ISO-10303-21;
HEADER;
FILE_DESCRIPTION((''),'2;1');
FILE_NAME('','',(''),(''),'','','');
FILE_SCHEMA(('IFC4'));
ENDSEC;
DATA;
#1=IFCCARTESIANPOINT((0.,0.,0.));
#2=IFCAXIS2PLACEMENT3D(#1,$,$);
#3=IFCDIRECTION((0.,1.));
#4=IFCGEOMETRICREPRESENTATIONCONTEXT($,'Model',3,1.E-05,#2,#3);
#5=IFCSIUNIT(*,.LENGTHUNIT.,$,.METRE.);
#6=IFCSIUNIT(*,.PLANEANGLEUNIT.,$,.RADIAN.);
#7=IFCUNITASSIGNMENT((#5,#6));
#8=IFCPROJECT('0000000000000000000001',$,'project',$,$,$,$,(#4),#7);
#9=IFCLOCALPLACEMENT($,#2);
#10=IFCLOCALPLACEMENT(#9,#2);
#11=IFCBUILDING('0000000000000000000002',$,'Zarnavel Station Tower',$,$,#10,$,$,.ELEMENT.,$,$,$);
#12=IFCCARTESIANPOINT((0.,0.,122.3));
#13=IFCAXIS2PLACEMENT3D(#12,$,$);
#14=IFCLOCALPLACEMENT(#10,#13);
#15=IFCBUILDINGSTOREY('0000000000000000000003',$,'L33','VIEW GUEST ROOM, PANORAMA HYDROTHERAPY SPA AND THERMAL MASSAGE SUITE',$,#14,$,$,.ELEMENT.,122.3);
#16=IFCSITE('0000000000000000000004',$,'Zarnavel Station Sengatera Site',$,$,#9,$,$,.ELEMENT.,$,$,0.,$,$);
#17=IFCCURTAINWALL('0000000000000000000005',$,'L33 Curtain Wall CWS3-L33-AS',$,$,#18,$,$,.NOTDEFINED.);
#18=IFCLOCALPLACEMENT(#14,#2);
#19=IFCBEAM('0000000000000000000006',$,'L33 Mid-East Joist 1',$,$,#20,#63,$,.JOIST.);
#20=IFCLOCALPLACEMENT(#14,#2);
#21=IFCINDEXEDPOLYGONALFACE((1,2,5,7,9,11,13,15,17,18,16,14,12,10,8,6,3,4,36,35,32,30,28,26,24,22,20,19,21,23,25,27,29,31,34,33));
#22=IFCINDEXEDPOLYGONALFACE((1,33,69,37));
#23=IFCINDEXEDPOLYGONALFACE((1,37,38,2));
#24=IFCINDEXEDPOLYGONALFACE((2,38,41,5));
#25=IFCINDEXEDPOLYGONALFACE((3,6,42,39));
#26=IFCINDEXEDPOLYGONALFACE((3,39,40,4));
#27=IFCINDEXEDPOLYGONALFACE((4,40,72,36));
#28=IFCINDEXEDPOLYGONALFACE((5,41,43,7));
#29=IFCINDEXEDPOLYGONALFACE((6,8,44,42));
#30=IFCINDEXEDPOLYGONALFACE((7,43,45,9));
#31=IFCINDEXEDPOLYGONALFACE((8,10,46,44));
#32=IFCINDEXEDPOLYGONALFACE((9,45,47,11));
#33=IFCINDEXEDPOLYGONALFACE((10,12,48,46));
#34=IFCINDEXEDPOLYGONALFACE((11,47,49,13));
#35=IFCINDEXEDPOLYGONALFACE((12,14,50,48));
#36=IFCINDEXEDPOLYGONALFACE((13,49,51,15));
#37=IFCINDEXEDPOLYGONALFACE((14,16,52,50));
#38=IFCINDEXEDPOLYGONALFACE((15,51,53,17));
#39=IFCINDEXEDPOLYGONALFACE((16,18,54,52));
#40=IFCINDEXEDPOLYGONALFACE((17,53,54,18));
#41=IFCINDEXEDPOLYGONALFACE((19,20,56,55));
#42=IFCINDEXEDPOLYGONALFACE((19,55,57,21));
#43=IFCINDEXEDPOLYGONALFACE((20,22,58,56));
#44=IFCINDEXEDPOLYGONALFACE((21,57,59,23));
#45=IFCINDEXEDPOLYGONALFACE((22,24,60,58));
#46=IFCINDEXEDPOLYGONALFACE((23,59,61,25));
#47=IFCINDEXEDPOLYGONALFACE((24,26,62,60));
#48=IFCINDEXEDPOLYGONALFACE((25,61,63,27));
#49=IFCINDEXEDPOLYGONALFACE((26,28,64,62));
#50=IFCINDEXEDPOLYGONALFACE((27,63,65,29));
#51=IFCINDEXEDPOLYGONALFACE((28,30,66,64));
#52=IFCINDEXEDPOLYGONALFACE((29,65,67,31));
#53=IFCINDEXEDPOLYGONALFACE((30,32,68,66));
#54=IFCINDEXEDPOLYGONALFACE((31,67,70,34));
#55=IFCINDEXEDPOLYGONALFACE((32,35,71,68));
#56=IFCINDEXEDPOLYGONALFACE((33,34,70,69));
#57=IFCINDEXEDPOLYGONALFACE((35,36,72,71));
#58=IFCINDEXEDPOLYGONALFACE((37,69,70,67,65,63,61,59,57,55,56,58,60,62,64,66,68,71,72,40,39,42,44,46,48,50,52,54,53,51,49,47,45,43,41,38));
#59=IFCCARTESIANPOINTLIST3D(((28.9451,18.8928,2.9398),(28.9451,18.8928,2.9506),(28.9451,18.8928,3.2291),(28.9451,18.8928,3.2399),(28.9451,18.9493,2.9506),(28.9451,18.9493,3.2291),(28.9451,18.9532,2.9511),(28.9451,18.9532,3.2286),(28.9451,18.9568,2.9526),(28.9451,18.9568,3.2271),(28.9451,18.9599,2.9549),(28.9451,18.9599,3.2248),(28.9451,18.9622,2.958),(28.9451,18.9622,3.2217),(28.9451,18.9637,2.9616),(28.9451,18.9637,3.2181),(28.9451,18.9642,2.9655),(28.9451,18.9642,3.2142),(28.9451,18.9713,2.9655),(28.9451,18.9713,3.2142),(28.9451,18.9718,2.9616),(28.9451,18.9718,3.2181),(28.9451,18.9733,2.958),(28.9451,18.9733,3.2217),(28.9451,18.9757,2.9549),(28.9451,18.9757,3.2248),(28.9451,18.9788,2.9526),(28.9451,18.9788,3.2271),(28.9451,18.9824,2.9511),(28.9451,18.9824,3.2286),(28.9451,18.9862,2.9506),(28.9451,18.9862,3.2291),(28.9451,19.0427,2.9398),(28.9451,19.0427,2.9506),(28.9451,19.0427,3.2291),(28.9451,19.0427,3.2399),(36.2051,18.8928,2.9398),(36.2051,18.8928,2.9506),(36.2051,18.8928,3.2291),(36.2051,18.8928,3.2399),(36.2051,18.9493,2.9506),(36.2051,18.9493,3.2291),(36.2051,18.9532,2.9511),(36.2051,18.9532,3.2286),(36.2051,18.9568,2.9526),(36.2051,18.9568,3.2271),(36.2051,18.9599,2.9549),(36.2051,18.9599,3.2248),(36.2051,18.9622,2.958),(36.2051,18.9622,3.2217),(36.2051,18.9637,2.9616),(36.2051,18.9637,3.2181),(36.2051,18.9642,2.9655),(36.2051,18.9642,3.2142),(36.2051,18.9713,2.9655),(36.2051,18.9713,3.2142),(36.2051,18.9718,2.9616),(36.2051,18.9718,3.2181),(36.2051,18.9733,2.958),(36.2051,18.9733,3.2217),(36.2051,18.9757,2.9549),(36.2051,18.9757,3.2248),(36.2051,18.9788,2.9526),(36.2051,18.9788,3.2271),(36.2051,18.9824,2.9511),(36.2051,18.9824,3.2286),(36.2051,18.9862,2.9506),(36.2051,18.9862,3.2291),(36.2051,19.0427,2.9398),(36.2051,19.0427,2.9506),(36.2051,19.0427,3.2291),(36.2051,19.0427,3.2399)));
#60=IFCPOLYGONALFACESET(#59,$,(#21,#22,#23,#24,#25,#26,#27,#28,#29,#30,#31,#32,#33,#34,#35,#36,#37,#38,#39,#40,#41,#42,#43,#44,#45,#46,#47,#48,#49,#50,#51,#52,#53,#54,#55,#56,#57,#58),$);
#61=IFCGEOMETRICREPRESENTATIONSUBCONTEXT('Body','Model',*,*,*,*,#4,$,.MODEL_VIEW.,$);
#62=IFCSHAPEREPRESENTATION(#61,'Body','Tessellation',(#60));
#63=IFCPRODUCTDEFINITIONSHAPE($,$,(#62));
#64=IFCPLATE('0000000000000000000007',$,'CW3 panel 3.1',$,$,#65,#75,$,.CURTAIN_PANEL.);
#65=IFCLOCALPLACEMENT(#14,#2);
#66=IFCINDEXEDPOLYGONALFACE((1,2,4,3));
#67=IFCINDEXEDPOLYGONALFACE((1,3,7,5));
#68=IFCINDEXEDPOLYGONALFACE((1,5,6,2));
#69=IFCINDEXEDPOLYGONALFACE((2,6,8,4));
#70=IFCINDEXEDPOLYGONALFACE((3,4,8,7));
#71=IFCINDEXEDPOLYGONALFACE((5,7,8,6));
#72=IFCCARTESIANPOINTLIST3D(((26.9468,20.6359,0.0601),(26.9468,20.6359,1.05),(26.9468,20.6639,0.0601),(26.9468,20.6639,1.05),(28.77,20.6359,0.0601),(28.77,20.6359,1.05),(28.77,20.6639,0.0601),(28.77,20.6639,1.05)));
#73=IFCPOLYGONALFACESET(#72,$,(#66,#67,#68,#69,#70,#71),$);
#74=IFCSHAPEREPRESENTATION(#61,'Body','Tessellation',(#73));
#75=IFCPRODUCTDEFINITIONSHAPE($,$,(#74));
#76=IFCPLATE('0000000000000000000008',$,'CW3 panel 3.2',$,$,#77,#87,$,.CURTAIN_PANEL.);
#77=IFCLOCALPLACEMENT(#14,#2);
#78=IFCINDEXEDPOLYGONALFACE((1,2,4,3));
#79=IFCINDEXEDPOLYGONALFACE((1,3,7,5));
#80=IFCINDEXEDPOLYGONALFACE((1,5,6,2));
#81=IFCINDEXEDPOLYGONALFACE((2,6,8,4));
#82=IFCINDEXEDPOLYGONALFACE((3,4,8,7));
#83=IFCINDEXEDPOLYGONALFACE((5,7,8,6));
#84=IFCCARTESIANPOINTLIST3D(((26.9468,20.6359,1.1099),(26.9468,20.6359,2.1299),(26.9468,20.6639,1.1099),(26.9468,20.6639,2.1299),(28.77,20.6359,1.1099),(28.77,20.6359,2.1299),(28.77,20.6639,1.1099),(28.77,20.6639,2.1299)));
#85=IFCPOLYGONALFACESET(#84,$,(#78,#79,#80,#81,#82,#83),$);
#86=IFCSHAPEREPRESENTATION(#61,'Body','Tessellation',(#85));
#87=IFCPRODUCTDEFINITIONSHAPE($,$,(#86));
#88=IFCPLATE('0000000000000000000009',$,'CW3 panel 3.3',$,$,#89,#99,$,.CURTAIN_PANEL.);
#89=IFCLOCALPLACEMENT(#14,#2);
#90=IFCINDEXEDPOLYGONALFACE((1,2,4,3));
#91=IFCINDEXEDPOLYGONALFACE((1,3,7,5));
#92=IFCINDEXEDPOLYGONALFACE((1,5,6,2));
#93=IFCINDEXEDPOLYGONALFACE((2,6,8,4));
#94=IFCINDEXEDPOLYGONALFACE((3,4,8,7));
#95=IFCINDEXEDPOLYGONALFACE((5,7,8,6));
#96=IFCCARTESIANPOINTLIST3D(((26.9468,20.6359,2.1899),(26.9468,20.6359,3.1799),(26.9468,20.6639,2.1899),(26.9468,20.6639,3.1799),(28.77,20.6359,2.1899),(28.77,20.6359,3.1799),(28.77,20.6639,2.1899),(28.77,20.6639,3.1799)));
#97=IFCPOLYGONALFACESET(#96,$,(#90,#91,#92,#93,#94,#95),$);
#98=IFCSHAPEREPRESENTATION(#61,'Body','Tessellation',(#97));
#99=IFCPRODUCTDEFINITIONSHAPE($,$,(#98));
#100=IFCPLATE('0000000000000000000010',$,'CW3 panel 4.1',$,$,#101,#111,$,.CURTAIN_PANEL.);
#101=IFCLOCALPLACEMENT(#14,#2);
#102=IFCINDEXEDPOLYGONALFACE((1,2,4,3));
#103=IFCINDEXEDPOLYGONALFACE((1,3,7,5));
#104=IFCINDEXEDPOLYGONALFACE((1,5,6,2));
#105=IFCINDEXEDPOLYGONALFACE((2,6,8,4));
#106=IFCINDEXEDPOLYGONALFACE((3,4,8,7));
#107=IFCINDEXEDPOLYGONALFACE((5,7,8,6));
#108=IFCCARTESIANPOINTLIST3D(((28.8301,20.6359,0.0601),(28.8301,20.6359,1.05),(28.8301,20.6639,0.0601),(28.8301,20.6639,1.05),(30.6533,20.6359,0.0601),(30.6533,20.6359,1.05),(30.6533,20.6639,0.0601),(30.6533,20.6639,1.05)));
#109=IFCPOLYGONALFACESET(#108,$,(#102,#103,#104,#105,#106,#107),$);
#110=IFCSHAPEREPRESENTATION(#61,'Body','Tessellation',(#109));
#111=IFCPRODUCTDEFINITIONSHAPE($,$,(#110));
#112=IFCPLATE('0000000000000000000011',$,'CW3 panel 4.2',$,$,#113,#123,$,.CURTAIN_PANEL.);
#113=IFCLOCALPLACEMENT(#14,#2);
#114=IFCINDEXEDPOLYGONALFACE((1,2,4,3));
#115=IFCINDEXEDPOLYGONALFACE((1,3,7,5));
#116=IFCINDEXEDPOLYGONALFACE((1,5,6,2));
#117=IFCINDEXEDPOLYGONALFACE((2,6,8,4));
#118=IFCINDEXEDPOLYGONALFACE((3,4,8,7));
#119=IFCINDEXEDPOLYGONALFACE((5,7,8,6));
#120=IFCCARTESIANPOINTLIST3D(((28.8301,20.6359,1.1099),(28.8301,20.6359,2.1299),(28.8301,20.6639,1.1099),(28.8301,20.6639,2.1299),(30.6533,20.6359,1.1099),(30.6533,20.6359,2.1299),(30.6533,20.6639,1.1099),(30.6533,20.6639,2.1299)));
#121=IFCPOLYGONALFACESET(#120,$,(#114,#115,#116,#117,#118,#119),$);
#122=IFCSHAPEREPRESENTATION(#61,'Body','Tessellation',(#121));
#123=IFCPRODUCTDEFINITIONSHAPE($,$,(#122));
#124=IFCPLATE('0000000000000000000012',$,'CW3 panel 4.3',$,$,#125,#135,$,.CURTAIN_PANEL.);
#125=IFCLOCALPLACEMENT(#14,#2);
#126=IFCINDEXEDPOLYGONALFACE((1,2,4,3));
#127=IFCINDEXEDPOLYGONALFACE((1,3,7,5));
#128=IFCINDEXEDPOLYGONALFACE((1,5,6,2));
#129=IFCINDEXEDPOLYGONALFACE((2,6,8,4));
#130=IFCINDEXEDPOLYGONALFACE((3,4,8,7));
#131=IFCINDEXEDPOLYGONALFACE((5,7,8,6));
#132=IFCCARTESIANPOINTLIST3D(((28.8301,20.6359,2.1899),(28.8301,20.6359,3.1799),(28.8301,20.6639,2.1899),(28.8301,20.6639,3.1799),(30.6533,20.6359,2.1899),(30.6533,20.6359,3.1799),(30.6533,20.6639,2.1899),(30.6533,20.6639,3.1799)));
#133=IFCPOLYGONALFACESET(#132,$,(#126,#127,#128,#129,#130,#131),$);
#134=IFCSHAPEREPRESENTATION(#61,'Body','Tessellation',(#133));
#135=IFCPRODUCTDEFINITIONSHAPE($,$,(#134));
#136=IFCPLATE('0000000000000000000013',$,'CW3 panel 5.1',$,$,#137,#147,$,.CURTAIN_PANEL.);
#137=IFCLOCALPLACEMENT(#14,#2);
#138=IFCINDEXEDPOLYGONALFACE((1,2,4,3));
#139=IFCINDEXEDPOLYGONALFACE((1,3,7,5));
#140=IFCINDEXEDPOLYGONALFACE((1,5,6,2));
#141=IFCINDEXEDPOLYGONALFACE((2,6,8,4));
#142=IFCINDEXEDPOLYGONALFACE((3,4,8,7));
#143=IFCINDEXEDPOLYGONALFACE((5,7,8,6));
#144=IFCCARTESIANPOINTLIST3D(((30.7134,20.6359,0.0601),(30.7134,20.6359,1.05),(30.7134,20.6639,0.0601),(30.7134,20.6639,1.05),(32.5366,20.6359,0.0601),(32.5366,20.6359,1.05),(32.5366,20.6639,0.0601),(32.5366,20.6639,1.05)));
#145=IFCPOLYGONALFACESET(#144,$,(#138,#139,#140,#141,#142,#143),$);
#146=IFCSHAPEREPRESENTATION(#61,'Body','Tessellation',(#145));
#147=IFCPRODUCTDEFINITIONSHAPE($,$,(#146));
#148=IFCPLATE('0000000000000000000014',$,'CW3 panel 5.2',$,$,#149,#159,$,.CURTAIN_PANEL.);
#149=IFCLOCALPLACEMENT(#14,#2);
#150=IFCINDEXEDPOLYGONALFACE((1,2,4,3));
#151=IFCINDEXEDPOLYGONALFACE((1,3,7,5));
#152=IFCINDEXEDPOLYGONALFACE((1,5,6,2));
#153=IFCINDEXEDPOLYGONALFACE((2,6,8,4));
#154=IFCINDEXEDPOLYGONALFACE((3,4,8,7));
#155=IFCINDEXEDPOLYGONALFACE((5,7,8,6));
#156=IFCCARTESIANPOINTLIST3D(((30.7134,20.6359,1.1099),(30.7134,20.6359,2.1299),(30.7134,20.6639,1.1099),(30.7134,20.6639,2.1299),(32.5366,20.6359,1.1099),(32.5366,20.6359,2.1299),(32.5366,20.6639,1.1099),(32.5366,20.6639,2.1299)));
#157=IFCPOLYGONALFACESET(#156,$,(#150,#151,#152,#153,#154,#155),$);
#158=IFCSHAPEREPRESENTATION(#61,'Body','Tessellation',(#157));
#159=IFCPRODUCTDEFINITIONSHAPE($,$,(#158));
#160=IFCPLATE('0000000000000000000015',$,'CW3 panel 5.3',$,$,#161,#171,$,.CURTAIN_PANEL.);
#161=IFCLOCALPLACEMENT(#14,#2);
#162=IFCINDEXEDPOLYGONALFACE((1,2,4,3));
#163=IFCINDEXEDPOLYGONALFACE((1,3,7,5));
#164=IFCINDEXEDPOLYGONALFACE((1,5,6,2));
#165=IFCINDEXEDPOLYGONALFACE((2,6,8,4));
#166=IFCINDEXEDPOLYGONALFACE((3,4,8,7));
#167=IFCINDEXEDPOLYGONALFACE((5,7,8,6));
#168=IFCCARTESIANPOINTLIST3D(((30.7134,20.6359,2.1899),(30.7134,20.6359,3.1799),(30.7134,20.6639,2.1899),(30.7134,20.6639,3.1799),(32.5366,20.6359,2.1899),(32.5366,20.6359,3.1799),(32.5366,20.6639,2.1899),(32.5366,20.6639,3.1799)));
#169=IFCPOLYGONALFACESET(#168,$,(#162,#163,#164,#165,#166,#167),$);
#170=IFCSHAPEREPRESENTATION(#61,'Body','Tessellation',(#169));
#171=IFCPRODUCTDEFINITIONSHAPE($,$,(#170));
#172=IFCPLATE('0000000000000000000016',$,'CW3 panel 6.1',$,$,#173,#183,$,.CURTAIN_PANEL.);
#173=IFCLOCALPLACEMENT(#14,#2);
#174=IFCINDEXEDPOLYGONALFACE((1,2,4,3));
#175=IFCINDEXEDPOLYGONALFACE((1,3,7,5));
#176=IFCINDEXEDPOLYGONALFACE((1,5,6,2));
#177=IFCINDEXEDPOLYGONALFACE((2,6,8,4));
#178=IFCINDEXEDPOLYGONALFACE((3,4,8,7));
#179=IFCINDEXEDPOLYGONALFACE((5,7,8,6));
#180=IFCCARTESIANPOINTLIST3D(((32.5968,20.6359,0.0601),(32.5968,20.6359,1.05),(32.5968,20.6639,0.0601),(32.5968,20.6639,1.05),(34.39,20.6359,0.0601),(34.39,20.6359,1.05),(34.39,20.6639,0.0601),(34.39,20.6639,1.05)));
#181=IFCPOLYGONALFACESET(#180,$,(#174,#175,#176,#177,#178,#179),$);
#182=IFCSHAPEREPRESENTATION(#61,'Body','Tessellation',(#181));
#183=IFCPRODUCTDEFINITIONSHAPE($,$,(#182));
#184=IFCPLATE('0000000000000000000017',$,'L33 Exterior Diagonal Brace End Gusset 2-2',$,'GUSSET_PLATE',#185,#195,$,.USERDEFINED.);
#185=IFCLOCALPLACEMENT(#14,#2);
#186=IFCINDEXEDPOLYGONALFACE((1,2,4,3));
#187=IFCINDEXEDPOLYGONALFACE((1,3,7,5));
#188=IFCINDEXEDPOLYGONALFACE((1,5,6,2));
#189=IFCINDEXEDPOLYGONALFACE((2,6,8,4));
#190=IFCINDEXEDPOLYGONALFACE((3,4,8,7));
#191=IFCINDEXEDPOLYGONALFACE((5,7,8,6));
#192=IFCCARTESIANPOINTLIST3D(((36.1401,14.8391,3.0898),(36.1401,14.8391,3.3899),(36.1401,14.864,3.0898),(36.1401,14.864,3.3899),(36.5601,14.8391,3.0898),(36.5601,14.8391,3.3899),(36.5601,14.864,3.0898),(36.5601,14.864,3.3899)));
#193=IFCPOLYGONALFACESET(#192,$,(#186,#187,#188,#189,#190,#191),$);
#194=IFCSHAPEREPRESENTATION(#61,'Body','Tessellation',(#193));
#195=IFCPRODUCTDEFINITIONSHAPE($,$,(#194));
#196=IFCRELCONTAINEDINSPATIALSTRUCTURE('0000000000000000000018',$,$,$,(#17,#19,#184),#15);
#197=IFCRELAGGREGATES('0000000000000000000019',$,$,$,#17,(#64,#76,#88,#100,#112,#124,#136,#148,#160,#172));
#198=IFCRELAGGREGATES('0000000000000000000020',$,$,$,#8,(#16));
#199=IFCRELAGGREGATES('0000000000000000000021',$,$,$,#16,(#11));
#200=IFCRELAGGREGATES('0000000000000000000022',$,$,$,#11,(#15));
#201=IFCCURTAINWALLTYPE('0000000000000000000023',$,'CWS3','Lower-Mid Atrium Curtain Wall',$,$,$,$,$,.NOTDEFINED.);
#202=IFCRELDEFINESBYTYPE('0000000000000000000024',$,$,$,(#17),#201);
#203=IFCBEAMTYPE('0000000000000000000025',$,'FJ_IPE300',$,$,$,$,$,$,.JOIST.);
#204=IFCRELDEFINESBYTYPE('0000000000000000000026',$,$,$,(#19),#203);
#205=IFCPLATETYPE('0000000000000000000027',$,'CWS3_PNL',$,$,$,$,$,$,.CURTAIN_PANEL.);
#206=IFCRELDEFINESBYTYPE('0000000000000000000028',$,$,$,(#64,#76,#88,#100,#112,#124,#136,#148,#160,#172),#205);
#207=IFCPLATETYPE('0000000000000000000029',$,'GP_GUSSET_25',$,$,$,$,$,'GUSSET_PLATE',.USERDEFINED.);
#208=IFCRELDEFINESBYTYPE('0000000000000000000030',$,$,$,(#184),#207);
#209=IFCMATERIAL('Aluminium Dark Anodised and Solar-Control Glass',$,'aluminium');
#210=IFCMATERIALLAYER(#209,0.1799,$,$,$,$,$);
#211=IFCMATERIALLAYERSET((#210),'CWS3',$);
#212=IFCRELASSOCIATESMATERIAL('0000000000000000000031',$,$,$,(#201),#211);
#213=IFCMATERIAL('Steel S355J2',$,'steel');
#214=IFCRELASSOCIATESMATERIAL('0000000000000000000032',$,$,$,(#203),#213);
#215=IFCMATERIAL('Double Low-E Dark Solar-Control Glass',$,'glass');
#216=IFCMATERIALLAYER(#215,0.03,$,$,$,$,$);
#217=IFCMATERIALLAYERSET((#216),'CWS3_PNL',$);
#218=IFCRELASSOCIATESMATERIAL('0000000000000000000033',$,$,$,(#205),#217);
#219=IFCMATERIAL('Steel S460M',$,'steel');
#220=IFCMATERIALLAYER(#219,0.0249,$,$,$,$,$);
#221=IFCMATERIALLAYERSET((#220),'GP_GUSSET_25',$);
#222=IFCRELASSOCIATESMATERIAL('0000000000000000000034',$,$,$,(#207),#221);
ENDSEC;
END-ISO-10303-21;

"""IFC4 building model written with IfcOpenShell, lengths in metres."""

from ifc_helpers import new_model, si_unit, direction, frame, origin, origin_2d, place, context, subcontext, project, spatial, rectangle, i_section, extrude, material, layer, layer_set, material_profile, profile_set, type_object, element, aggregate, save


model = new_model("IFC4")

# Units and contexts
model_context = context("Model", 3, precision=1e-05, world=origin(), true_north=direction((0.0, 1.0)))
body_context = subcontext(model_context, "Body", "Model", "MODEL_VIEW")
ifc_project = project(units=[si_unit("LENGTHUNIT", "METRE"), si_unit("PLANEANGLEUNIT", "RADIAN")], contexts=[model_context])

# Site, building, storey
site_placement = place(None, origin())
site = spatial("IfcSite", under=ifc_project, at=site_placement, Name="Zarnavel Station Sengatera Site", CompositionType="ELEMENT", RefElevation=0.0)
building_placement = place(site_placement, origin())
building = spatial("IfcBuilding", under=site, at=building_placement, Name="Zarnavel Station Tower", CompositionType="ELEMENT")
storey_placement = place(building_placement, frame((0.0, 0.0, 122.3)))
storey = spatial("IfcBuildingStorey", under=building, at=storey_placement, Name="L33", Description="VIEW GUEST ROOM, PANORAMA HYDROTHERAPY SPA AND THERMAL MASSAGE SUITE", CompositionType="ELEMENT", Elevation=122.3)

# Curtain wall
ifc_material_1 = material(Name="Aluminium Dark Anodised and Solar-Control Glass", Category="aluminium")
ifc_layer_1 = layer(ifc_material_1, 0.1799)
ifc_layer_set_1 = layer_set([ifc_layer_1], Name="CWS3")
curtain_wall_type = type_object("IfcCurtainWallType", Name="CWS3", Description="Lower-Mid Atrium Curtain Wall", PredefinedType="NOTDEFINED", material=ifc_layer_set_1)
curtain_wall_placement = place(storey_placement, origin())
curtain_wall = element("IfcCurtainWall", 1, at=curtain_wall_placement, inside=storey, type_object=curtain_wall_type, Name="L33 Curtain Wall CWS3-L33-AS", PredefinedType="NOTDEFINED")

# Beam
ifc_material_2 = material(Name="Steel S355J2", Category="steel")
ifc_material_profile_1 = material_profile(ifc_material_2, i_section(OverallWidth=0.1499, OverallDepth=0.3, WebThickness=0.0071, FlangeThickness=0.0107, FilletRadius=0.0149, at=origin_2d()), Name="IPE300")
ifc_profile_set_1 = profile_set([ifc_material_profile_1], Name="Steel S355J2")
beam_type_1 = type_object("IfcBeamType", Name="FJ_IPE300", PredefinedType="JOIST", material=ifc_profile_set_1)
beam_1_placement = place(storey_placement, frame((28.9451, 18.9678, 3.0898), z_axis=(1.0, 0.0, 0.0), x_axis=(0.0, 1.0, 0.0)))
element("IfcBeam", 2, at=beam_1_placement, inside=storey, type_object=beam_type_1, Name="L33 Mid-East Joist 1", PredefinedType="JOIST", context=body_context, shape_type="SweptSolid", body=[
    extrude(i_section(OverallWidth=0.1499, OverallDepth=0.3, WebThickness=0.0071, FlangeThickness=0.0107, FilletRadius=0.0149, at=origin_2d()), origin(), (0.0, 0.0, 1.0), 7.26),
])

# Plates
ifc_material_3 = material(Name="Double Low-E Dark Solar-Control Glass", Category="glass")
ifc_layer_2 = layer(ifc_material_3, 0.03)
ifc_layer_set_2 = layer_set([ifc_layer_2], Name="CWS3_PNL")
plate_type_1 = type_object("IfcPlateType", Name="CWS3_PNL", PredefinedType="CURTAIN_PANEL", material=ifc_layer_set_2)
plate_1_placement = place(storey_placement, frame((27.8584, 20.6499, 0.0601), z_axis=(0.0, 0.0, 1.0), x_axis=(1.0, 0.0, 0.0)))
plate_1 = element("IfcPlate", 3, at=plate_1_placement, type_object=plate_type_1, Name="CW3 panel 3.1", PredefinedType="CURTAIN_PANEL", context=body_context, shape_type="SweptSolid", body=[
    extrude(rectangle(XDim=1.8232, YDim=0.0281, at=origin_2d()), origin(), (0.0, 0.0, 1.0), 0.99),
])
plate_2_placement = place(storey_placement, frame((27.8584, 20.6499, 1.1099), z_axis=(0.0, 0.0, 1.0), x_axis=(1.0, 0.0, 0.0)))
plate_2 = element("IfcPlate", 4, at=plate_2_placement, type_object=plate_type_1, Name="CW3 panel 3.2", PredefinedType="CURTAIN_PANEL", context=body_context, shape_type="SweptSolid", body=[
    extrude(rectangle(XDim=1.8232, YDim=0.0281, at=origin_2d()), origin(), (0.0, 0.0, 1.0), 1.02),
])
plate_3_placement = place(storey_placement, frame((27.8584, 20.6499, 2.1899), z_axis=(0.0, 0.0, 1.0), x_axis=(1.0, 0.0, 0.0)))
plate_3 = element("IfcPlate", 5, at=plate_3_placement, type_object=plate_type_1, Name="CW3 panel 3.3", PredefinedType="CURTAIN_PANEL", context=body_context, shape_type="SweptSolid", body=[
    extrude(rectangle(XDim=1.8232, YDim=0.0281, at=origin_2d()), origin(), (0.0, 0.0, 1.0), 0.99),
])
plate_4_placement = place(storey_placement, frame((29.7417, 20.6499, 0.0601), z_axis=(0.0, 0.0, 1.0), x_axis=(1.0, 0.0, 0.0)))
plate_4 = element("IfcPlate", 6, at=plate_4_placement, type_object=plate_type_1, Name="CW3 panel 4.1", PredefinedType="CURTAIN_PANEL", context=body_context, shape_type="SweptSolid", body=[
    extrude(rectangle(XDim=1.8232, YDim=0.0281, at=origin_2d()), origin(), (0.0, 0.0, 1.0), 0.99),
])
plate_5_placement = place(storey_placement, frame((29.7417, 20.6499, 1.1099), z_axis=(0.0, 0.0, 1.0), x_axis=(1.0, 0.0, 0.0)))
plate_5 = element("IfcPlate", 7, at=plate_5_placement, type_object=plate_type_1, Name="CW3 panel 4.2", PredefinedType="CURTAIN_PANEL", context=body_context, shape_type="SweptSolid", body=[
    extrude(rectangle(XDim=1.8232, YDim=0.0281, at=origin_2d()), origin(), (0.0, 0.0, 1.0), 1.02),
])
plate_6_placement = place(storey_placement, frame((29.7417, 20.6499, 2.1899), z_axis=(0.0, 0.0, 1.0), x_axis=(1.0, 0.0, 0.0)))
plate_6 = element("IfcPlate", 8, at=plate_6_placement, type_object=plate_type_1, Name="CW3 panel 4.3", PredefinedType="CURTAIN_PANEL", context=body_context, shape_type="SweptSolid", body=[
    extrude(rectangle(XDim=1.8232, YDim=0.0281, at=origin_2d()), origin(), (0.0, 0.0, 1.0), 0.99),
])
plate_7_placement = place(storey_placement, frame((31.625, 20.6499, 0.0601), z_axis=(0.0, 0.0, 1.0), x_axis=(1.0, 0.0, 0.0)))
plate_7 = element("IfcPlate", 9, at=plate_7_placement, type_object=plate_type_1, Name="CW3 panel 5.1", PredefinedType="CURTAIN_PANEL", context=body_context, shape_type="SweptSolid", body=[
    extrude(rectangle(XDim=1.8232, YDim=0.0281, at=origin_2d()), origin(), (0.0, 0.0, 1.0), 0.99),
])
plate_8_placement = place(storey_placement, frame((31.625, 20.6499, 1.1099), z_axis=(0.0, 0.0, 1.0), x_axis=(1.0, 0.0, 0.0)))
plate_8 = element("IfcPlate", 10, at=plate_8_placement, type_object=plate_type_1, Name="CW3 panel 5.2", PredefinedType="CURTAIN_PANEL", context=body_context, shape_type="SweptSolid", body=[
    extrude(rectangle(XDim=1.8232, YDim=0.0281, at=origin_2d()), origin(), (0.0, 0.0, 1.0), 1.02),
])
plate_9_placement = place(storey_placement, frame((31.625, 20.6499, 2.1899), z_axis=(0.0, 0.0, 1.0), x_axis=(1.0, 0.0, 0.0)))
plate_9 = element("IfcPlate", 11, at=plate_9_placement, type_object=plate_type_1, Name="CW3 panel 5.3", PredefinedType="CURTAIN_PANEL", context=body_context, shape_type="SweptSolid", body=[
    extrude(rectangle(XDim=1.8232, YDim=0.0281, at=origin_2d()), origin(), (0.0, 0.0, 1.0), 0.99),
])
plate_10_placement = place(storey_placement, frame((33.4934, 20.6499, 0.0601), z_axis=(0.0, 0.0, 1.0), x_axis=(1.0, 0.0, 0.0)))
plate_10 = element("IfcPlate", 12, at=plate_10_placement, type_object=plate_type_1, Name="CW3 panel 6.1", PredefinedType="CURTAIN_PANEL", context=body_context, shape_type="SweptSolid", body=[
    extrude(rectangle(XDim=1.7932, YDim=0.0281, at=origin_2d()), origin(), (0.0, 0.0, 1.0), 0.99),
])
aggregate(curtain_wall, [plate_1, plate_2, plate_3, plate_4, plate_5, plate_6, plate_7, plate_8, plate_9, plate_10])
ifc_material_4 = material(Name="Steel S460M", Category="steel")
ifc_layer_3 = layer(ifc_material_4, 0.0249)
ifc_layer_set_3 = layer_set([ifc_layer_3], Name="GP_GUSSET_25")
plate_type_2 = type_object("IfcPlateType", Name="GP_GUSSET_25", ElementType="GUSSET_PLATE", PredefinedType="USERDEFINED", material=ifc_layer_set_3)
plate_11_placement = place(storey_placement, frame((36.3501, 14.8516, 3.0898), z_axis=(0.0, 0.0, 1.0), x_axis=(1.0, 0.0, 0.0)))
element("IfcPlate", 13, at=plate_11_placement, inside=storey, type_object=plate_type_2, Name="L33 Exterior Diagonal Brace End Gusset 2-2", ObjectType="GUSSET_PLATE", PredefinedType="USERDEFINED", context=body_context, shape_type="SweptSolid", body=[
    extrude(rectangle(XDim=0.4199, YDim=0.0249, at=origin_2d()), origin(), (0.0, 0.0, 1.0), 0.3),
])

save(model, "model.ifc")
